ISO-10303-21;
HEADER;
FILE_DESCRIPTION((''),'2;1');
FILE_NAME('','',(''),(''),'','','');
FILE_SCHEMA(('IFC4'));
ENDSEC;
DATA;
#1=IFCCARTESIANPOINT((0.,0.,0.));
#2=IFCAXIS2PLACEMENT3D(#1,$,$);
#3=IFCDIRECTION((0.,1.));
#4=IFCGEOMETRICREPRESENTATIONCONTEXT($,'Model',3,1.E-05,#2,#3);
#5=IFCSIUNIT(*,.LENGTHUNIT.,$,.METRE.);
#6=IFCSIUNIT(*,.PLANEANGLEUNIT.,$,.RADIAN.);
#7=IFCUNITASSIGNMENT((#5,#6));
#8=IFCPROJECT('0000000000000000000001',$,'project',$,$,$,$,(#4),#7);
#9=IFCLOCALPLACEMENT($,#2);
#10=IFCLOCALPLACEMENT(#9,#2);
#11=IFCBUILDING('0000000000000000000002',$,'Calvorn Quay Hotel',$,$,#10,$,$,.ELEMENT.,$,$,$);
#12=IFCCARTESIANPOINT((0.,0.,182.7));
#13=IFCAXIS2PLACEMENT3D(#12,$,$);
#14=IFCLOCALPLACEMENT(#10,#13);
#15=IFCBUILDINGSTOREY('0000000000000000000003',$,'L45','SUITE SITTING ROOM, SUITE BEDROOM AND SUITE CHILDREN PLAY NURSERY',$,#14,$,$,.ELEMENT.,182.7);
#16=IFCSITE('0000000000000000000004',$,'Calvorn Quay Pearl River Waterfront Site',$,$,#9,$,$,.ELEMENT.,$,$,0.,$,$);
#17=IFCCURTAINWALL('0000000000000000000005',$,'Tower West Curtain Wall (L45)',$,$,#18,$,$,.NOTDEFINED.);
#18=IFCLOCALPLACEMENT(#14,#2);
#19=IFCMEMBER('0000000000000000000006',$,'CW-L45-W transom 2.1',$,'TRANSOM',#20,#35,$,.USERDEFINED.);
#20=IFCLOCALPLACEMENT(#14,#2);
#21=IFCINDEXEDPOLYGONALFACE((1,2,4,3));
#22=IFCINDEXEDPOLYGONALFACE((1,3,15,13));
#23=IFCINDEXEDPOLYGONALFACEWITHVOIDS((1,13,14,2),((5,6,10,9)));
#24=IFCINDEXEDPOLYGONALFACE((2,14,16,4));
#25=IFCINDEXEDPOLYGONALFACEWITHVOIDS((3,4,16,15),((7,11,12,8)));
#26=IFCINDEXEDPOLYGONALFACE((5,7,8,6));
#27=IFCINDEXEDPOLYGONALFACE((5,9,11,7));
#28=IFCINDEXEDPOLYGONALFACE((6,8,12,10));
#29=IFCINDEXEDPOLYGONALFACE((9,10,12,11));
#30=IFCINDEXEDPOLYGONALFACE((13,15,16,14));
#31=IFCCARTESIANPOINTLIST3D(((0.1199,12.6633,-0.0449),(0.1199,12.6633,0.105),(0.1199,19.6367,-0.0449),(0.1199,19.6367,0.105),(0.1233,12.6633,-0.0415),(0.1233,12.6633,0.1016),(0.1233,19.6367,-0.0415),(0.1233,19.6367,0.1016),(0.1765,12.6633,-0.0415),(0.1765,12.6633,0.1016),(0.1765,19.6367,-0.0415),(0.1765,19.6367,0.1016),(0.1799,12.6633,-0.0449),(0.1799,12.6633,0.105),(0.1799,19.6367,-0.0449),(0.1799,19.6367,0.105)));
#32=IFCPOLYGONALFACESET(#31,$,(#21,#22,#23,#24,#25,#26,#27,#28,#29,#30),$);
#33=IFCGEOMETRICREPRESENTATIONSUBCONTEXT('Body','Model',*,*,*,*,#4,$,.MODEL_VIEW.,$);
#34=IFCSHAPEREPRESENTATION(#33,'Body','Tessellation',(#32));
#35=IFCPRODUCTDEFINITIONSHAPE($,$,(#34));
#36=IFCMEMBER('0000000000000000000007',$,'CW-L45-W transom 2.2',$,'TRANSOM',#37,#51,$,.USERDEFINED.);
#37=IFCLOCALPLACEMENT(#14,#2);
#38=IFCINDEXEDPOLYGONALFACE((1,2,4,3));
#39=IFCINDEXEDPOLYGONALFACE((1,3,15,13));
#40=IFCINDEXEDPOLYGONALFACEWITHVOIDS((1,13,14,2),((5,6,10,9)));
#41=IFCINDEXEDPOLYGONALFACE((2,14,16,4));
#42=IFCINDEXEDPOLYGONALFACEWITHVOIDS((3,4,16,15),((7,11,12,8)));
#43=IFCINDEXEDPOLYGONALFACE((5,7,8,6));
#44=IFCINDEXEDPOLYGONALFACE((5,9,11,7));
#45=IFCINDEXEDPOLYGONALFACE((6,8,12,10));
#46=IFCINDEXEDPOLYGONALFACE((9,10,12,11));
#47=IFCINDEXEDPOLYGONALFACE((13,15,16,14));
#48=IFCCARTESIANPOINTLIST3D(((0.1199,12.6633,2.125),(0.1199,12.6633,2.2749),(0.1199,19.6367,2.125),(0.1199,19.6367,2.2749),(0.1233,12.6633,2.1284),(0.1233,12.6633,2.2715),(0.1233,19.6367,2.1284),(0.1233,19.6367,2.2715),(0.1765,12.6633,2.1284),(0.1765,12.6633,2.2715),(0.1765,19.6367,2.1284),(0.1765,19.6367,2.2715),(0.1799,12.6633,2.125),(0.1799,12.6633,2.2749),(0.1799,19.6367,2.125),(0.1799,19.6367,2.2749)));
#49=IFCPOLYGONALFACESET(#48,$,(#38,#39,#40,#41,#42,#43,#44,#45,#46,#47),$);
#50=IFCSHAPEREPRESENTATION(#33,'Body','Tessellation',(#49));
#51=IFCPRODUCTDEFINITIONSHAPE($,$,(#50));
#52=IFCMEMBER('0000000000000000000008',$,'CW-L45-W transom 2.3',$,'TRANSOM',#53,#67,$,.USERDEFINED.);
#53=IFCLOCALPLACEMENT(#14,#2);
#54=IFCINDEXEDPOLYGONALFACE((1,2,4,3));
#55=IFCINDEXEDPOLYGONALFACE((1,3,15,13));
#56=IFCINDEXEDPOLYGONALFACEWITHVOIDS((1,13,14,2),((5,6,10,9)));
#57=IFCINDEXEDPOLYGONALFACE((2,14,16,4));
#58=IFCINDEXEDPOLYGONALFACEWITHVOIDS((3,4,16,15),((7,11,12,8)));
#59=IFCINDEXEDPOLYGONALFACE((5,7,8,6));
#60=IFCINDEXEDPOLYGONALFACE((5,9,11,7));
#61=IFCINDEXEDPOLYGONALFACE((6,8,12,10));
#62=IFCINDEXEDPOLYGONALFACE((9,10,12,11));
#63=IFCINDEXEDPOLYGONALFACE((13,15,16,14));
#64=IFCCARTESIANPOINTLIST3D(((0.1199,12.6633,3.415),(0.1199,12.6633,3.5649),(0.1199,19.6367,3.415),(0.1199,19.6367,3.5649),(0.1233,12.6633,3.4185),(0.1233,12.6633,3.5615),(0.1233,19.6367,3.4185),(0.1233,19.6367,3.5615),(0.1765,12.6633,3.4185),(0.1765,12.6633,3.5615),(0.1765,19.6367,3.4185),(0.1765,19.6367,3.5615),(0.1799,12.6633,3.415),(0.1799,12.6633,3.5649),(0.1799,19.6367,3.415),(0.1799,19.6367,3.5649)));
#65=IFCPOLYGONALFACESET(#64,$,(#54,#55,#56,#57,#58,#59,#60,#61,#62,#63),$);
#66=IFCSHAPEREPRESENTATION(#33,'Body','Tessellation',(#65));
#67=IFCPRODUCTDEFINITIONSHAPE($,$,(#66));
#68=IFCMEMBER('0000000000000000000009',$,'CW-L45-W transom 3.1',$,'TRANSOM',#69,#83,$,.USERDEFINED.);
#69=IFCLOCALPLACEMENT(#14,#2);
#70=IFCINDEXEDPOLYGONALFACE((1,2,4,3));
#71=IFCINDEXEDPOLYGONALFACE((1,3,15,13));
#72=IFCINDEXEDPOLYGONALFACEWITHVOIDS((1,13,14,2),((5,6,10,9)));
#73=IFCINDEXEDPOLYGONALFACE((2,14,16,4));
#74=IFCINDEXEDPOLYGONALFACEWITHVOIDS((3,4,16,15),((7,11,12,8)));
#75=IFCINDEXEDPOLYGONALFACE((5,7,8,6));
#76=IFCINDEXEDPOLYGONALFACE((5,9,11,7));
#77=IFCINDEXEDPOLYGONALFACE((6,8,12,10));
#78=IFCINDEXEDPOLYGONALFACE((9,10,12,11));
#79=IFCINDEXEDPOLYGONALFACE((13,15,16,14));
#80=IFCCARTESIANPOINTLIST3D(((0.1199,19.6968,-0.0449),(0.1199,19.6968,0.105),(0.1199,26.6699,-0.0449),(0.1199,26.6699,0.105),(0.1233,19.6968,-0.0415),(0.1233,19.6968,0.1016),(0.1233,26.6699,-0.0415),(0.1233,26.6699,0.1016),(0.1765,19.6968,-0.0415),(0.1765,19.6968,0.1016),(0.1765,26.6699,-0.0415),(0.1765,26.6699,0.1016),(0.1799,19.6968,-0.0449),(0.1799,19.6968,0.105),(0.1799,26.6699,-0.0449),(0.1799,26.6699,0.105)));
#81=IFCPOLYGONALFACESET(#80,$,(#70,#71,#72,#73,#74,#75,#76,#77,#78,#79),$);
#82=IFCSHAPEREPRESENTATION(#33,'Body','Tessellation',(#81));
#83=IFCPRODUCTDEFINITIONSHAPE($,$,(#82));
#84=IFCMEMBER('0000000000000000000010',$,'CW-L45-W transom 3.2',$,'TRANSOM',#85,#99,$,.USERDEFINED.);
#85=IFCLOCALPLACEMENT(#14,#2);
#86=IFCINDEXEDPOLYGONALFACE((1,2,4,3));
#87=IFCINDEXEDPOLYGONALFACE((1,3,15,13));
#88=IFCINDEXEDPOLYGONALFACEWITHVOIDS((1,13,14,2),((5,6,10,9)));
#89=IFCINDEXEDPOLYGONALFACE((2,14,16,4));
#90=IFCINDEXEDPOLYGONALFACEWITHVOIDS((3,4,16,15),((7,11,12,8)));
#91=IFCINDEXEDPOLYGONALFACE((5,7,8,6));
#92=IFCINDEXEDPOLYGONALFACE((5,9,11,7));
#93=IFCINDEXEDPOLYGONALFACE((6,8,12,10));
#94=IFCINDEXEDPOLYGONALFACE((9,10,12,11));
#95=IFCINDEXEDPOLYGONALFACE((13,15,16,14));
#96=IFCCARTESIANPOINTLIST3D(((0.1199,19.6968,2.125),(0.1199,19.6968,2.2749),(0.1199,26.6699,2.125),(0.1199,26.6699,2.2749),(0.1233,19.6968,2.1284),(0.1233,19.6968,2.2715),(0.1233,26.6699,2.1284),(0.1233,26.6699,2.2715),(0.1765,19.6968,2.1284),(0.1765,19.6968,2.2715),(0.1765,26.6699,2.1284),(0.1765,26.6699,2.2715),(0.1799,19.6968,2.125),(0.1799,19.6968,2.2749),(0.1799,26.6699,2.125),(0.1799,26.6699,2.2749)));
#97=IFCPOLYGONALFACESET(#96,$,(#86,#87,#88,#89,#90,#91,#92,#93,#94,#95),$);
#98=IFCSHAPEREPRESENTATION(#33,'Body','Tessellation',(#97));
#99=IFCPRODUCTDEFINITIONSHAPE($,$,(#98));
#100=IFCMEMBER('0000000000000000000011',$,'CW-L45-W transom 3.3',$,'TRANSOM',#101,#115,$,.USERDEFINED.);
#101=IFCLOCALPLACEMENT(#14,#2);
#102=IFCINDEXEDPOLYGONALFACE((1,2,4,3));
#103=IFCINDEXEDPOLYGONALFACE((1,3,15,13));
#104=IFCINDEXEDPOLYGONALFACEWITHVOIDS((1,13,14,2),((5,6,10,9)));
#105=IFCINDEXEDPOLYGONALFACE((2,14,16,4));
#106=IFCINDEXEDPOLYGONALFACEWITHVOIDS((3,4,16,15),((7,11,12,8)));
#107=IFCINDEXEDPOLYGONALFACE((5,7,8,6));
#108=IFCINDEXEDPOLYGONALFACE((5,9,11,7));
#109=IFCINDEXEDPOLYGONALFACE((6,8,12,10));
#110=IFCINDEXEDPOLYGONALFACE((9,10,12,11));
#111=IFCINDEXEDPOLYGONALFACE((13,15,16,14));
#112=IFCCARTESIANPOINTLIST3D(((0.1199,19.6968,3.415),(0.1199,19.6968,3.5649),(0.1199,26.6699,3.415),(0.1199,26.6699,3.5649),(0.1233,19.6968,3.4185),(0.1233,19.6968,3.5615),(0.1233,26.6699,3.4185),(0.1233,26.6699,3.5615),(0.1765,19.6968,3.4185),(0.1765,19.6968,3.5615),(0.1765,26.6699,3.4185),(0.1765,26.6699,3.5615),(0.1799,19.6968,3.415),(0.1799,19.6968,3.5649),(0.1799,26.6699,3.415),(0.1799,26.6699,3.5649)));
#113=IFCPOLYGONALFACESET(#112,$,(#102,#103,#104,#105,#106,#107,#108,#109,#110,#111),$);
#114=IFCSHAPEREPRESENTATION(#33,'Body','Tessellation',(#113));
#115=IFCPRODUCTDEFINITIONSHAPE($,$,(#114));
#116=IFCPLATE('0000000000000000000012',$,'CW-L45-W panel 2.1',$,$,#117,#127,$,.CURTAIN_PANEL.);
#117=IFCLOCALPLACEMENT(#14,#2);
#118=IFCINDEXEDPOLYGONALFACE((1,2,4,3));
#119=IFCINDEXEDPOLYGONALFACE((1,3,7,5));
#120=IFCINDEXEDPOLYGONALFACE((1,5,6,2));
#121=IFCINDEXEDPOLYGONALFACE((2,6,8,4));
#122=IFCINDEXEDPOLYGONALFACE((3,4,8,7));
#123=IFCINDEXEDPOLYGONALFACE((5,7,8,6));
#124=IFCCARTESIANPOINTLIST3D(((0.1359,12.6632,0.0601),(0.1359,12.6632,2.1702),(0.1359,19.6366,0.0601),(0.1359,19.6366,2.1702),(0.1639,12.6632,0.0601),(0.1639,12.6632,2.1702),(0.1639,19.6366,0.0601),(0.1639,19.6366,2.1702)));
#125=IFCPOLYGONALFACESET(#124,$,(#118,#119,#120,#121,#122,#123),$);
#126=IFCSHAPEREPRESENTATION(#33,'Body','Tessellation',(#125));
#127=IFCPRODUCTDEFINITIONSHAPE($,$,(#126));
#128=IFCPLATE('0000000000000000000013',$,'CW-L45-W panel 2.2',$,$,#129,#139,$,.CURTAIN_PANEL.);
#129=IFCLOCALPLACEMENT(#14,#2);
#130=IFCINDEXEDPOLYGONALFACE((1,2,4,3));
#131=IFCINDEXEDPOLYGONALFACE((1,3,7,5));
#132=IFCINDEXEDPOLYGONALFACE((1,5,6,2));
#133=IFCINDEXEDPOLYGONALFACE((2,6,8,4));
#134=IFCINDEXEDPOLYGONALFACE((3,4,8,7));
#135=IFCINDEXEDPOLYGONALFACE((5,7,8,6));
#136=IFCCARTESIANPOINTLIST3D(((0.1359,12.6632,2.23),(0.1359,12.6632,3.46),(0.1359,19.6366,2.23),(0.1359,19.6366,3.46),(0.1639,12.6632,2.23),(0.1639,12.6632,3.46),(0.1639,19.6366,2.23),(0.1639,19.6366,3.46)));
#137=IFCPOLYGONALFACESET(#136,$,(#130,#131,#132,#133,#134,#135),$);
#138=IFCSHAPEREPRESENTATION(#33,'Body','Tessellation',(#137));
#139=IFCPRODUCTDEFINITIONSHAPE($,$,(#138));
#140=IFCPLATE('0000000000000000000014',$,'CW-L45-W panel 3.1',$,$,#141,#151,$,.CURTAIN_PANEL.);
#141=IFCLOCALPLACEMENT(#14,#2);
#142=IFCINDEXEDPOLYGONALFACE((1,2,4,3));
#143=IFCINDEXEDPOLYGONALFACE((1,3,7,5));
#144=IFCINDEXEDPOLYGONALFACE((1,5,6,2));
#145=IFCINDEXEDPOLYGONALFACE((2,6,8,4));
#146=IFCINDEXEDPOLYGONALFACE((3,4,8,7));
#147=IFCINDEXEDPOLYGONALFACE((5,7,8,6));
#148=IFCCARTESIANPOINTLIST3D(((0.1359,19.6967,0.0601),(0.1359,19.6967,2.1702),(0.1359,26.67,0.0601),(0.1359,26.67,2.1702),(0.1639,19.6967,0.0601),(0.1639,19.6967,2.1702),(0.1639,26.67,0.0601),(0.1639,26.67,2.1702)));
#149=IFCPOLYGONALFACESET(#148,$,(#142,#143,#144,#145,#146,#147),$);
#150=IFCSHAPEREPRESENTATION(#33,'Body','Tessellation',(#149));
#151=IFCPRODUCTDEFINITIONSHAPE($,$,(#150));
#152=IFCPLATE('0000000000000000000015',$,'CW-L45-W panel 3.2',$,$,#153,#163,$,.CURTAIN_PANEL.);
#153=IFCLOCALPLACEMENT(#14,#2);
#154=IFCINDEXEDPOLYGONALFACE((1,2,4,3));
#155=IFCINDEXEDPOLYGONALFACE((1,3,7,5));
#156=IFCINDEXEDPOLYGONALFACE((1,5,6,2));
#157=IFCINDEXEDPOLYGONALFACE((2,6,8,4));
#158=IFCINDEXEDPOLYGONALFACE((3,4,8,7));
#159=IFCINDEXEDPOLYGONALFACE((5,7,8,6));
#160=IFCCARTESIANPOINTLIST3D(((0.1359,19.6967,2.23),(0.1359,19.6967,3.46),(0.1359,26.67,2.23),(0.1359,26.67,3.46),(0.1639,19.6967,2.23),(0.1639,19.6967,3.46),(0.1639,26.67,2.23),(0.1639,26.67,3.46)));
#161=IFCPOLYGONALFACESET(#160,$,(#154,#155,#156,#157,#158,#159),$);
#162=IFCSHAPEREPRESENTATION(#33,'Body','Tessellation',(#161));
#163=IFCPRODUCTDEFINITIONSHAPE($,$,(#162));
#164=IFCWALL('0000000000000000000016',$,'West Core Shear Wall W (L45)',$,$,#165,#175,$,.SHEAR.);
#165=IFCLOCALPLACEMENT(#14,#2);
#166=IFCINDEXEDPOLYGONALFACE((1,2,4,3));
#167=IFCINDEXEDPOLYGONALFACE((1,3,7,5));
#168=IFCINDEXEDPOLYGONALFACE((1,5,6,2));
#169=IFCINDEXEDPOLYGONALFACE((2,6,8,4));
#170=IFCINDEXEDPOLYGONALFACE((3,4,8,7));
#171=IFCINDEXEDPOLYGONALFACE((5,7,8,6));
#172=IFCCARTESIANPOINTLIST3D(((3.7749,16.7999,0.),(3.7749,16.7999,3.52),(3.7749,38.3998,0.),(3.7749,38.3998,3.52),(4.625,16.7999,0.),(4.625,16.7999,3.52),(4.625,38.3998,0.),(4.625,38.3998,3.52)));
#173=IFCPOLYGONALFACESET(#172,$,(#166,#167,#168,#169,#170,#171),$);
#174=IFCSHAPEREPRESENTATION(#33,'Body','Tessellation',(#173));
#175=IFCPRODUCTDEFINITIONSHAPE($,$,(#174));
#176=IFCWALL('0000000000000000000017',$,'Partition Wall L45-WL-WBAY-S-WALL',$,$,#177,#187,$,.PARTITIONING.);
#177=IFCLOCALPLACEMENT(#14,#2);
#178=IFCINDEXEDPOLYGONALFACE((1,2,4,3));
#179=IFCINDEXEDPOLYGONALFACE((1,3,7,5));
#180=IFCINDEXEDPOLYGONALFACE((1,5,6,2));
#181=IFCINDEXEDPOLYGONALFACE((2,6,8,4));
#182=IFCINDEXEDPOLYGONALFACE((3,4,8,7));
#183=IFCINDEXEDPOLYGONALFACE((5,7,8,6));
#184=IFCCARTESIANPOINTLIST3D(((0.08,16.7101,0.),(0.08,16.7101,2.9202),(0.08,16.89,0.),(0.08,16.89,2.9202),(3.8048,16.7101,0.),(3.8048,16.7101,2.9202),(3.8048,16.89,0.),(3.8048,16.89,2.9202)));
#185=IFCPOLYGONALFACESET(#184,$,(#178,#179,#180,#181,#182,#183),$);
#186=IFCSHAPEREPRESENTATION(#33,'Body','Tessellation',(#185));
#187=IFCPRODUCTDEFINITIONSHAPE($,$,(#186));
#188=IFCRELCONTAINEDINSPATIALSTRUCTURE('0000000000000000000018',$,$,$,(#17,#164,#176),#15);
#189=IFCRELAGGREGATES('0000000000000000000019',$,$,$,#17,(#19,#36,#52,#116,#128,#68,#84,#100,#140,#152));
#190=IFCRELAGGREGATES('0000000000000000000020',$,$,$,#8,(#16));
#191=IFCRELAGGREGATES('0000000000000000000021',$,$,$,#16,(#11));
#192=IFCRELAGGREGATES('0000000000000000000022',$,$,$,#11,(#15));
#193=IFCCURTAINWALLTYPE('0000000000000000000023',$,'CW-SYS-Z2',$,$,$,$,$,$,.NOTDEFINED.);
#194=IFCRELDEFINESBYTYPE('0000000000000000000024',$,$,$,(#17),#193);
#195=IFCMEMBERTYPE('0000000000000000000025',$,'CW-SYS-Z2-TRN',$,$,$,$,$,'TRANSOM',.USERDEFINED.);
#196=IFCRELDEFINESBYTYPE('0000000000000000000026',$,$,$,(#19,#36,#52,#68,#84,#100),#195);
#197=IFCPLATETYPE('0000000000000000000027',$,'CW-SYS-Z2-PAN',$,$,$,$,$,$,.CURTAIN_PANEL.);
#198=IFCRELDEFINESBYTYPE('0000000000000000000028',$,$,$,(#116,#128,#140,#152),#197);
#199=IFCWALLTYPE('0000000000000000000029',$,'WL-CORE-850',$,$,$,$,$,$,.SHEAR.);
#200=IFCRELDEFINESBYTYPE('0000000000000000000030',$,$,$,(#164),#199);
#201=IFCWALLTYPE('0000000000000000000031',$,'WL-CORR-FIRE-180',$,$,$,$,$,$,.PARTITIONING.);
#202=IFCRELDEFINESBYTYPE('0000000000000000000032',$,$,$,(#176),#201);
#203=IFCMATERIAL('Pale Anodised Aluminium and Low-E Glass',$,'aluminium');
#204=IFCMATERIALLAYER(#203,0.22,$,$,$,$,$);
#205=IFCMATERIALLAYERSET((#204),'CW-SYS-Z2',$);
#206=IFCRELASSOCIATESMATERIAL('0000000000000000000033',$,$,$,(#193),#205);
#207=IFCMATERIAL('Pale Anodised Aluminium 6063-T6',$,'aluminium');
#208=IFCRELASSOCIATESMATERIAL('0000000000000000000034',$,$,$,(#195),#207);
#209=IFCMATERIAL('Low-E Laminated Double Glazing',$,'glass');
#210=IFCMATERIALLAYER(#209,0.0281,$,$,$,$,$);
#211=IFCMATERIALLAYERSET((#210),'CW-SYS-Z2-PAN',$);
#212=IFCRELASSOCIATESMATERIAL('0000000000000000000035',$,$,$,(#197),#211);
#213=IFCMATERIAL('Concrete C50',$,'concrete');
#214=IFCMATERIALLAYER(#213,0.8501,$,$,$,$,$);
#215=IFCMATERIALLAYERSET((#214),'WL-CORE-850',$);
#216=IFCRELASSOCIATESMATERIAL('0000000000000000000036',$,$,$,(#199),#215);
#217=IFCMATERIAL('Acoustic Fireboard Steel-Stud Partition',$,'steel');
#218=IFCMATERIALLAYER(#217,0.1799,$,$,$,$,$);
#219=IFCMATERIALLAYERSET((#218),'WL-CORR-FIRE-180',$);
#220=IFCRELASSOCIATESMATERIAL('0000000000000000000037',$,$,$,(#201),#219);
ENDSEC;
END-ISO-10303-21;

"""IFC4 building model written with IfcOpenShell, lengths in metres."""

from ifc_helpers import new_model, si_unit, direction, frame, frame_2d, origin, origin_2d, place, context, subcontext, project, spatial, rectangle, hollow_rectangle, extrude, material, layer, layer_set, material_profile, profile_set, type_object, element, aggregate, save


model = new_model("IFC4")

# Units and contexts
model_context = context("Model", 3, precision=1e-05, world=origin(), true_north=direction((0.0, 1.0)))
body_context = subcontext(model_context, "Body", "Model", "MODEL_VIEW")
ifc_project = project(units=[si_unit("LENGTHUNIT", "METRE"), si_unit("PLANEANGLEUNIT", "RADIAN")], contexts=[model_context])

# Site, building, storey
site_placement = place(None, origin())
site = spatial("IfcSite", under=ifc_project, at=site_placement, Name="Calvorn Quay Pearl River Waterfront Site", CompositionType="ELEMENT", RefElevation=0.0)
building_placement = place(site_placement, origin())
building = spatial("IfcBuilding", under=site, at=building_placement, Name="Calvorn Quay Hotel", CompositionType="ELEMENT")
storey_placement = place(building_placement, frame((0.0, 0.0, 182.7)))
storey = spatial("IfcBuildingStorey", under=building, at=storey_placement, Name="L45", Description="SUITE SITTING ROOM, SUITE BEDROOM AND SUITE CHILDREN PLAY NURSERY", CompositionType="ELEMENT", Elevation=182.7)

# Curtain wall, members, plates
ifc_material_1 = material(Name="Pale Anodised Aluminium and Low-E Glass", Category="aluminium")
ifc_layer_1 = layer(ifc_material_1, 0.22)
ifc_layer_set_1 = layer_set([ifc_layer_1], Name="CW-SYS-Z2")
curtain_wall_type = type_object("IfcCurtainWallType", Name="CW-SYS-Z2", PredefinedType="NOTDEFINED", material=ifc_layer_set_1)
curtain_wall_placement = place(storey_placement, origin())
curtain_wall = element("IfcCurtainWall", 1, at=curtain_wall_placement, inside=storey, type_object=curtain_wall_type, Name="Tower West Curtain Wall (L45)", PredefinedType="NOTDEFINED")
ifc_material_2 = material(Name="Pale Anodised Aluminium 6063-T6", Category="aluminium")
ifc_material_profile_1 = material_profile(ifc_material_2, hollow_rectangle(XDim=0.0601, YDim=0.1499, WallThickness=0.0034, at=origin_2d()), Name="ALU-T150x60x3.5")
ifc_profile_set_1 = profile_set([ifc_material_profile_1], Name="Pale Anodised Aluminium 6063-T6")
member_type_1 = type_object("IfcMemberType", Name="CW-SYS-Z2-TRN", ElementType="TRANSOM", PredefinedType="USERDEFINED", material=ifc_profile_set_1)
member_1_placement = place(storey_placement, frame((0.1499, 12.6633, 0.03), z_axis=(0.0, 1.0, 0.0), x_axis=(-1.0, 0.0, 0.0)))
member_1 = element("IfcMember", 2, at=member_1_placement, type_object=member_type_1, Name="CW-L45-W transom 2.1", ObjectType="TRANSOM", PredefinedType="USERDEFINED", context=body_context, shape_type="SweptSolid", body=[
    extrude(hollow_rectangle(XDim=0.0601, YDim=0.1499, WallThickness=0.0034, at=origin_2d()), origin(), (0.0, 0.0, 1.0), 6.9734),
])
member_2_placement = place(storey_placement, frame((0.1499, 12.6633, 2.2), z_axis=(0.0, 1.0, 0.0), x_axis=(-1.0, 0.0, 0.0)))
member_2 = element("IfcMember", 3, at=member_2_placement, type_object=member_type_1, Name="CW-L45-W transom 2.2", ObjectType="TRANSOM", PredefinedType="USERDEFINED", context=body_context, shape_type="SweptSolid", body=[
    extrude(hollow_rectangle(XDim=0.0601, YDim=0.1499, WallThickness=0.0034, at=origin_2d()), origin(), (0.0, 0.0, 1.0), 6.9734),
])
member_3_placement = place(storey_placement, frame((0.1499, 12.6633, 3.49), z_axis=(0.0, 1.0, 0.0), x_axis=(-1.0, 0.0, 0.0)))
member_3 = element("IfcMember", 4, at=member_3_placement, type_object=member_type_1, Name="CW-L45-W transom 2.3", ObjectType="TRANSOM", PredefinedType="USERDEFINED", context=body_context, shape_type="SweptSolid", body=[
    extrude(hollow_rectangle(XDim=0.0601, YDim=0.1499, WallThickness=0.0034, at=origin_2d()), origin(), (0.0, 0.0, 1.0), 6.9734),
])
member_4_placement = place(storey_placement, frame((0.1499, 19.6968, 0.03), z_axis=(0.0, 1.0, 0.0), x_axis=(-1.0, 0.0, 0.0)))
member_4 = element("IfcMember", 5, at=member_4_placement, type_object=member_type_1, Name="CW-L45-W transom 3.1", ObjectType="TRANSOM", PredefinedType="USERDEFINED", context=body_context, shape_type="SweptSolid", body=[
    extrude(hollow_rectangle(XDim=0.0601, YDim=0.1499, WallThickness=0.0034, at=origin_2d()), origin(), (0.0, 0.0, 1.0), 6.9731),
])
member_5_placement = place(storey_placement, frame((0.1499, 19.6968, 2.2), z_axis=(0.0, 1.0, 0.0), x_axis=(-1.0, 0.0, 0.0)))
member_5 = element("IfcMember", 6, at=member_5_placement, type_object=member_type_1, Name="CW-L45-W transom 3.2", ObjectType="TRANSOM", PredefinedType="USERDEFINED", context=body_context, shape_type="SweptSolid", body=[
    extrude(hollow_rectangle(XDim=0.0601, YDim=0.1499, WallThickness=0.0034, at=origin_2d()), origin(), (0.0, 0.0, 1.0), 6.9731),
])
member_6_placement = place(storey_placement, frame((0.1499, 19.6968, 3.49), z_axis=(0.0, 1.0, 0.0), x_axis=(-1.0, 0.0, 0.0)))
member_6 = element("IfcMember", 7, at=member_6_placement, type_object=member_type_1, Name="CW-L45-W transom 3.3", ObjectType="TRANSOM", PredefinedType="USERDEFINED", context=body_context, shape_type="SweptSolid", body=[
    extrude(hollow_rectangle(XDim=0.0601, YDim=0.1499, WallThickness=0.0034, at=origin_2d()), origin(), (0.0, 0.0, 1.0), 6.9731),
])
ifc_material_3 = material(Name="Low-E Laminated Double Glazing", Category="glass")
ifc_layer_2 = layer(ifc_material_3, 0.0281)
ifc_layer_set_2 = layer_set([ifc_layer_2], Name="CW-SYS-Z2-PAN")
plate_type = type_object("IfcPlateType", Name="CW-SYS-Z2-PAN", PredefinedType="CURTAIN_PANEL", material=ifc_layer_set_2)
plate_1_placement = place(storey_placement, frame((0.1499, 16.1499, 0.0601), z_axis=(0.0, 0.0, 1.0), x_axis=(0.0, 1.0, 0.0)))
plate_1 = element("IfcPlate", 8, at=plate_1_placement, type_object=plate_type, Name="CW-L45-W panel 2.1", PredefinedType="CURTAIN_PANEL", context=body_context, shape_type="SweptSolid", body=[
    extrude(rectangle(XDim=6.9734, YDim=0.0281, at=origin_2d()), origin(), (0.0, 0.0, 1.0), 2.1101),
])
plate_2_placement = place(storey_placement, frame((0.1499, 16.1499, 2.23), z_axis=(0.0, 0.0, 1.0), x_axis=(0.0, 1.0, 0.0)))
plate_2 = element("IfcPlate", 9, at=plate_2_placement, type_object=plate_type, Name="CW-L45-W panel 2.2", PredefinedType="CURTAIN_PANEL", context=body_context, shape_type="SweptSolid", body=[
    extrude(rectangle(XDim=6.9734, YDim=0.0281, at=origin_2d()), origin(), (0.0, 0.0, 1.0), 1.23),
])
plate_3_placement = place(storey_placement, frame((0.1499, 23.1833, 0.0601), z_axis=(0.0, 0.0, 1.0), x_axis=(0.0, 1.0, 0.0)))
plate_3 = element("IfcPlate", 10, at=plate_3_placement, type_object=plate_type, Name="CW-L45-W panel 3.1", PredefinedType="CURTAIN_PANEL", context=body_context, shape_type="SweptSolid", body=[
    extrude(rectangle(XDim=6.9734, YDim=0.0281, at=origin_2d()), origin(), (0.0, 0.0, 1.0), 2.1101),
])
plate_4_placement = place(storey_placement, frame((0.1499, 23.1833, 2.23), z_axis=(0.0, 0.0, 1.0), x_axis=(0.0, 1.0, 0.0)))
plate_4 = element("IfcPlate", 11, at=plate_4_placement, type_object=plate_type, Name="CW-L45-W panel 3.2", PredefinedType="CURTAIN_PANEL", context=body_context, shape_type="SweptSolid", body=[
    extrude(rectangle(XDim=6.9734, YDim=0.0281, at=origin_2d()), origin(), (0.0, 0.0, 1.0), 1.23),
])
aggregate(curtain_wall, [member_1, member_2, member_3, plate_1, plate_2, member_4, member_5, member_6, plate_3, plate_4])

# Walls
ifc_material_4 = material(Name="Concrete C50", Category="concrete")
ifc_layer_3 = layer(ifc_material_4, 0.8501)
ifc_layer_set_3 = layer_set([ifc_layer_3], Name="WL-CORE-850")
wall_type_1 = type_object("IfcWallType", Name="WL-CORE-850", PredefinedType="SHEAR", material=ifc_layer_set_3)
wall_1_placement = place(storey_placement, frame((4.2, 16.8, 0.0), z_axis=(0.0, 0.0, 1.0), x_axis=(0.0, 1.0, 0.0)))
element("IfcWall", 12, at=wall_1_placement, inside=storey, type_object=wall_type_1, Name="West Core Shear Wall W (L45)", PredefinedType="SHEAR", context=body_context, shape_type="SweptSolid", body=[
    extrude(rectangle(XDim=21.5999, YDim=0.8501, at=frame_2d((10.7998, 0.0))), origin(), (0.0, 0.0, 1.0), 3.52),
])
ifc_material_5 = material(Name="Acoustic Fireboard Steel-Stud Partition", Category="steel")
ifc_layer_4 = layer(ifc_material_5, 0.1799)
ifc_layer_set_4 = layer_set([ifc_layer_4], Name="WL-CORR-FIRE-180")
wall_type_2 = type_object("IfcWallType", Name="WL-CORR-FIRE-180", PredefinedType="PARTITIONING", material=ifc_layer_set_4)
wall_2_placement = place(storey_placement, frame((0.0801, 16.8, 0.0), z_axis=(0.0, 0.0, 1.0), x_axis=(1.0, 0.0, 0.0)))
element("IfcWall", 13, at=wall_2_placement, inside=storey, type_object=wall_type_2, Name="Partition Wall L45-WL-WBAY-S-WALL", PredefinedType="PARTITIONING", context=body_context, shape_type="SweptSolid", body=[
    extrude(rectangle(XDim=3.7249, YDim=0.1799, at=frame_2d((1.8623, 0.0))), origin(), (0.0, 0.0, 1.0), 2.9202),
])

save(model, "model.ifc")
